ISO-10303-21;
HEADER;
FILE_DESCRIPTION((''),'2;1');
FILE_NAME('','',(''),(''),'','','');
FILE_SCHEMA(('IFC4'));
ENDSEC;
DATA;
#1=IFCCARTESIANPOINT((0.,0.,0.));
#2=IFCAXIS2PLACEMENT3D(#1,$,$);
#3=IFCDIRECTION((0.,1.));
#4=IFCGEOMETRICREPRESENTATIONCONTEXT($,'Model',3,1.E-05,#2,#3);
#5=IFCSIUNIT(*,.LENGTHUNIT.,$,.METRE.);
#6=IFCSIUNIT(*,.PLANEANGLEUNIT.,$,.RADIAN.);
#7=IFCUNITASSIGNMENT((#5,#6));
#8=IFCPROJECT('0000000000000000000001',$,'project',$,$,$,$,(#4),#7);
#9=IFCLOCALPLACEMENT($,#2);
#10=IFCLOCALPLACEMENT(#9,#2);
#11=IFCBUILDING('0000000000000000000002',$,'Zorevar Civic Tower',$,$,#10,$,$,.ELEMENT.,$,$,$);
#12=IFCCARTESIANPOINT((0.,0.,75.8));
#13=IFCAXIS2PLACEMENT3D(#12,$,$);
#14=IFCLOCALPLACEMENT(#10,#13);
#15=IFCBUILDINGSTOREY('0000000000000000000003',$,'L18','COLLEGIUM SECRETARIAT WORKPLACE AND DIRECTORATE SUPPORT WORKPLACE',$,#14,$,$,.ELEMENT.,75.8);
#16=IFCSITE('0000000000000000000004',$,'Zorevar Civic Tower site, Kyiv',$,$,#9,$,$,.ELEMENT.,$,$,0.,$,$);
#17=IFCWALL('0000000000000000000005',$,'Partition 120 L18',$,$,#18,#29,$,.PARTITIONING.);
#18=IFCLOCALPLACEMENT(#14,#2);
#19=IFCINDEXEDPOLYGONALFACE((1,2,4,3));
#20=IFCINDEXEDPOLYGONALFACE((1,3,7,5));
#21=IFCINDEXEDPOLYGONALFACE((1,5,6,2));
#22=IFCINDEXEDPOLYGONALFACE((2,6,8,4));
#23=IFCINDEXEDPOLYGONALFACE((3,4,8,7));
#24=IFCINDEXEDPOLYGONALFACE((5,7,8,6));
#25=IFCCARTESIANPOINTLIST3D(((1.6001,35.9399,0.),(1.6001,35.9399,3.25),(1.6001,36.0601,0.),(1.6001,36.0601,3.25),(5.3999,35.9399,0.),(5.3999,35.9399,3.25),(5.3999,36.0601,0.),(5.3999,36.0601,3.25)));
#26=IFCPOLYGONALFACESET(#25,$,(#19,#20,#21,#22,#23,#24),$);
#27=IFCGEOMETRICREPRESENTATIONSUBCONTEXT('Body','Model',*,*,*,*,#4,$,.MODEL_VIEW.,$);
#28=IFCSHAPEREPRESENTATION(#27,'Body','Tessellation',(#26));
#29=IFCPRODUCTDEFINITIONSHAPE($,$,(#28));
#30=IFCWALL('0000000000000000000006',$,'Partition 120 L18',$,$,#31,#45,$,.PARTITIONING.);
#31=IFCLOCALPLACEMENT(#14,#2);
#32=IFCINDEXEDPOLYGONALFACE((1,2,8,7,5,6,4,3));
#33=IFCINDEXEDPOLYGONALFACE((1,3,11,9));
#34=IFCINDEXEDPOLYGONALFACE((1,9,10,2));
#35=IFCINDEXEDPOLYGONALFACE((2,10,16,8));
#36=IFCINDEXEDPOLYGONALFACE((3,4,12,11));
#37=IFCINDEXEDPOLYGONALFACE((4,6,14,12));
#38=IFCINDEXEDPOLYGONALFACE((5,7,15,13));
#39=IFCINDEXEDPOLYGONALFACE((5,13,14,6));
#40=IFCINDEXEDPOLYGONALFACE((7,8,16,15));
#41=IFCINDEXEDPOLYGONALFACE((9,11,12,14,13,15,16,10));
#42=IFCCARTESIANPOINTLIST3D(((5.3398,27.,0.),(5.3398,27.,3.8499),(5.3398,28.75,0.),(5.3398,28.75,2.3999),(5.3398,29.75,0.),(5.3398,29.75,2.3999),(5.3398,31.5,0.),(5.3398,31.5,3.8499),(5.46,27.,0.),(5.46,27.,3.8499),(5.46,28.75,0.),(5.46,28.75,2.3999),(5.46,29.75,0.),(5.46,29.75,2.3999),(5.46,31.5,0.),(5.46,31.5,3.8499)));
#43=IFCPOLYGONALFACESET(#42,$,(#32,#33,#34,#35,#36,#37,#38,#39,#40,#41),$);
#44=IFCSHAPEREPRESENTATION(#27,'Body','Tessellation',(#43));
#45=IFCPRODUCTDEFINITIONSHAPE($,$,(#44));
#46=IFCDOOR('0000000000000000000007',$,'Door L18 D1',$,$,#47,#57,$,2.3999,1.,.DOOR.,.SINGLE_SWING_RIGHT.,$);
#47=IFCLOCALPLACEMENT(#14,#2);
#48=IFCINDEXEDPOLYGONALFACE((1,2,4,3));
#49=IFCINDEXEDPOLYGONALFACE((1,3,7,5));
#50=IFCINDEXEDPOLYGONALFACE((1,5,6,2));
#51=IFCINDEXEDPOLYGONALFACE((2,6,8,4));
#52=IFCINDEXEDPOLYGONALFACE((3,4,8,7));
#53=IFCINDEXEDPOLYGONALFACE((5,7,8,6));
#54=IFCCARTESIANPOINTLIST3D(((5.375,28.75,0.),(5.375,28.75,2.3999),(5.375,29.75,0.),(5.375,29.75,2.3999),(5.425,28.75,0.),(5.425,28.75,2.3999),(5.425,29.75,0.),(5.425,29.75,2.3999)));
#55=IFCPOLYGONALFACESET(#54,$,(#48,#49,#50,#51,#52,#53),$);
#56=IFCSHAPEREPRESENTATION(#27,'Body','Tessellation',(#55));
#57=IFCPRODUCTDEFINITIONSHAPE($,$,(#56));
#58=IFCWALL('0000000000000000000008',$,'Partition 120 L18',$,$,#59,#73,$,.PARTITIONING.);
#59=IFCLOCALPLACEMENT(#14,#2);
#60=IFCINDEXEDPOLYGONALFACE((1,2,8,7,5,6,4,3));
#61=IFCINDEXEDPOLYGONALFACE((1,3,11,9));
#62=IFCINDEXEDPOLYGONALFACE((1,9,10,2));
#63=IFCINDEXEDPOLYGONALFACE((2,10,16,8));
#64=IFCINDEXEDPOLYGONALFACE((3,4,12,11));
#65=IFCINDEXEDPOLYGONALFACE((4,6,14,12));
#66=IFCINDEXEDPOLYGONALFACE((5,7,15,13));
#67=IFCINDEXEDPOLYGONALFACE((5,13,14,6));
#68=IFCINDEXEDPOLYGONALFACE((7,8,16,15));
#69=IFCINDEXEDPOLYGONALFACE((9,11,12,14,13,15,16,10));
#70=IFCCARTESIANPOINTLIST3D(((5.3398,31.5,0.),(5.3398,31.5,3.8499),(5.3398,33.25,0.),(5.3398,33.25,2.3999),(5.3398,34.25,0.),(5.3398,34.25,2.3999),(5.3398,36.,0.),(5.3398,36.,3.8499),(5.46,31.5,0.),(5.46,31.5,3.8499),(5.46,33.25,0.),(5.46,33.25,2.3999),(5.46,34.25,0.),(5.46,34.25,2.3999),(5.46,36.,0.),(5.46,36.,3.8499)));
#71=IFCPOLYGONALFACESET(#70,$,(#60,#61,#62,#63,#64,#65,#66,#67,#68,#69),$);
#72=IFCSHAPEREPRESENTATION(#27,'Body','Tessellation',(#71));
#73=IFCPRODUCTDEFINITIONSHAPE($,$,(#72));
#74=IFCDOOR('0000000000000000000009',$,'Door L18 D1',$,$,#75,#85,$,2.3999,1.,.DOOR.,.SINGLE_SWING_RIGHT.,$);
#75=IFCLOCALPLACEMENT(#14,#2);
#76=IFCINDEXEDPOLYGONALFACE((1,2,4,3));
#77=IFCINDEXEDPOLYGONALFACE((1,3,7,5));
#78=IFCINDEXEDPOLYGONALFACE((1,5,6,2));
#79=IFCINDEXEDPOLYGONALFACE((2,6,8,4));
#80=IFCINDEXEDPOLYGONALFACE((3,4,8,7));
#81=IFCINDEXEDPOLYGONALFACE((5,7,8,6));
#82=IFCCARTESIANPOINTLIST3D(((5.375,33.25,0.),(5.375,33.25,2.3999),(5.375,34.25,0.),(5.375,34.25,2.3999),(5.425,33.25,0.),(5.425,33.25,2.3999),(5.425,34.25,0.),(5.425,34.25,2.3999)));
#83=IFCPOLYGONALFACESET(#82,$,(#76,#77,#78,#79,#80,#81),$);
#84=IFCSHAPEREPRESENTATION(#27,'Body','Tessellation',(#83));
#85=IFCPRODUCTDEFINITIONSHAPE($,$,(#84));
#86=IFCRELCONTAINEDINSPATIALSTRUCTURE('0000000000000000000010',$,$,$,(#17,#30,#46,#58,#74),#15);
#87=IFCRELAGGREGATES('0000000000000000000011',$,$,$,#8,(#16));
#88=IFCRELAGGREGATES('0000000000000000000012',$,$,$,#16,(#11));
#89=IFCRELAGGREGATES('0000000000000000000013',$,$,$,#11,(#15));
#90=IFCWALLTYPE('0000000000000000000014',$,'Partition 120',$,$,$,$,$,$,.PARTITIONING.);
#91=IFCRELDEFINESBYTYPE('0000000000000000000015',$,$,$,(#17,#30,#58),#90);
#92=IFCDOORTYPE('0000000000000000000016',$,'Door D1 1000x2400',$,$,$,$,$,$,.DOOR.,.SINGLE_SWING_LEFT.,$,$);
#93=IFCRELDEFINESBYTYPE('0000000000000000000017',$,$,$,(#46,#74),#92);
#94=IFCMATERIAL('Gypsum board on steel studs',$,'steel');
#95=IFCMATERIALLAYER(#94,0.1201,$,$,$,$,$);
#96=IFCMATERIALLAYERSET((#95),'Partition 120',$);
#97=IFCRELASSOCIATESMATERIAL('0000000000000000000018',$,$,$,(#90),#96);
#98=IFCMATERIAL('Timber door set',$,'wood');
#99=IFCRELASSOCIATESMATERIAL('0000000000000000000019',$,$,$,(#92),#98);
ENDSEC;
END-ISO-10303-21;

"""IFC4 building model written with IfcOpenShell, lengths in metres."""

from ifc_helpers import new_model, si_unit, direction, frame, frame_2d, origin, place, context, subcontext, project, spatial, rectangle, extrude, material, layer, layer_set, type_object, element, fill, save


model = new_model("IFC4")

# Units and contexts
model_context = context("Model", 3, precision=1e-05, world=origin(), true_north=direction((0.0, 1.0)))
body_context = subcontext(model_context, "Body", "Model", "MODEL_VIEW")
ifc_project = project(units=[si_unit("LENGTHUNIT", "METRE"), si_unit("PLANEANGLEUNIT", "RADIAN")], contexts=[model_context])

# Site, building, storey
site_placement = place(None, origin())
site = spatial("IfcSite", under=ifc_project, at=site_placement, Name="Zorevar Civic Tower site, Kyiv", CompositionType="ELEMENT", RefElevation=0.0)
building_placement = place(site_placement, origin())
building = spatial("IfcBuilding", under=site, at=building_placement, Name="Zorevar Civic Tower", CompositionType="ELEMENT")
storey_placement = place(building_placement, frame((0.0, 0.0, 75.8)))
storey = spatial("IfcBuildingStorey", under=building, at=storey_placement, Name="L18", Description="COLLEGIUM SECRETARIAT WORKPLACE AND DIRECTORATE SUPPORT WORKPLACE", CompositionType="ELEMENT", Elevation=75.8)

# Wall
ifc_material_1 = material(Name="Gypsum board on steel studs", Category="steel")
ifc_layer_1 = layer(ifc_material_1, 0.1201)
ifc_layer_set_1 = layer_set([ifc_layer_1], Name="Partition 120")
wall_type = type_object("IfcWallType", Name="Partition 120", PredefinedType="PARTITIONING", material=ifc_layer_set_1)
wall_1_placement = place(storey_placement, frame((1.6001, 36.0, 0.0), z_axis=(0.0, 0.0, 1.0), x_axis=(1.0, 0.0, 0.0)))
element("IfcWall", 1, at=wall_1_placement, inside=storey, type_object=wall_type, Name="Partition 120 L18", PredefinedType="PARTITIONING", context=body_context, shape_type="SweptSolid", body=[
    extrude(rectangle(XDim=3.7998, YDim=0.1201, at=frame_2d((1.8999, 0.0))), origin(), (0.0, 0.0, 1.0), 3.25),
])

# Walls, openings, doors
wall_2_placement = place(storey_placement, frame((5.3999, 27.0, 0.0), z_axis=(0.0, 0.0, 1.0), x_axis=(0.0, 1.0, 0.0)))
wall_2 = element("IfcWall", 2, at=wall_2_placement, inside=storey, type_object=wall_type, Name="Partition 120 L18", PredefinedType="PARTITIONING", context=body_context, shape_type="SweptSolid", body=[
    extrude(rectangle(XDim=4.5, YDim=0.1201, at=frame_2d((2.25, 0.0))), origin(), (0.0, 0.0, 1.0), 3.8499),
])
opening_1_placement = place(wall_2_placement, frame((1.75, 0.0, 0.0)))
opening_1 = element("IfcOpeningElement", 3, at=opening_1_placement, cuts=wall_2, PredefinedType="OPENING", context=body_context, shape_type="SweptSolid", body=[
    extrude(rectangle(XDim=1.0, YDim=2.3999, at=frame_2d((0.5, 1.2))), frame((0.0, 0.0701, 0.0), z_axis=(0.0, -1.0, 0.0), x_axis=(1.0, 0.0, 0.0)), (0.0, 0.0, 1.0), 0.1401),
])
ifc_material_2 = material(Name="Timber door set", Category="wood")
door_type = type_object("IfcDoorType", Name="Door D1 1000x2400", OperationType="SINGLE_SWING_LEFT", PredefinedType="DOOR", material=ifc_material_2)
door_1_placement = place(opening_1_placement, origin())
door_1 = element("IfcDoor", 4, at=door_1_placement, inside=storey, type_object=door_type, Name="Door L18 D1", OperationType="SINGLE_SWING_RIGHT", OverallHeight=2.3999, OverallWidth=1.0, PredefinedType="DOOR", context=body_context, shape_type="SweptSolid", body=[
    extrude(rectangle(XDim=1.0, YDim=2.3999, at=frame_2d((0.5, 1.2))), frame((0.0, 0.0249, 0.0), z_axis=(0.0, -1.0, 0.0), x_axis=(1.0, 0.0, 0.0)), (0.0, 0.0, 1.0), 0.05),
])
fill(opening_1, door_1)
wall_3_placement = place(storey_placement, frame((5.3999, 31.5, 0.0), z_axis=(0.0, 0.0, 1.0), x_axis=(0.0, 1.0, 0.0)))
wall_3 = element("IfcWall", 5, at=wall_3_placement, inside=storey, type_object=wall_type, Name="Partition 120 L18", PredefinedType="PARTITIONING", context=body_context, shape_type="SweptSolid", body=[
    extrude(rectangle(XDim=4.5, YDim=0.1201, at=frame_2d((2.25, 0.0))), origin(), (0.0, 0.0, 1.0), 3.8499),
])
opening_2_placement = place(wall_3_placement, frame((1.75, 0.0, 0.0)))
opening_2 = element("IfcOpeningElement", 6, at=opening_2_placement, cuts=wall_3, PredefinedType="OPENING", context=body_context, shape_type="SweptSolid", body=[
    extrude(rectangle(XDim=1.0, YDim=2.3999, at=frame_2d((0.5, 1.2))), frame((0.0, 0.0701, 0.0), z_axis=(0.0, -1.0, 0.0), x_axis=(1.0, 0.0, 0.0)), (0.0, 0.0, 1.0), 0.1401),
])
door_2_placement = place(opening_2_placement, origin())
door_2 = element("IfcDoor", 7, at=door_2_placement, inside=storey, type_object=door_type, Name="Door L18 D1", OperationType="SINGLE_SWING_RIGHT", OverallHeight=2.3999, OverallWidth=1.0, PredefinedType="DOOR", context=body_context, shape_type="SweptSolid", body=[
    extrude(rectangle(XDim=1.0, YDim=2.3999, at=frame_2d((0.5, 1.2))), frame((0.0, 0.0249, 0.0), z_axis=(0.0, -1.0, 0.0), x_axis=(1.0, 0.0, 0.0)), (0.0, 0.0, 1.0), 0.05),
])
fill(opening_2, door_2)

save(model, "model.ifc")
